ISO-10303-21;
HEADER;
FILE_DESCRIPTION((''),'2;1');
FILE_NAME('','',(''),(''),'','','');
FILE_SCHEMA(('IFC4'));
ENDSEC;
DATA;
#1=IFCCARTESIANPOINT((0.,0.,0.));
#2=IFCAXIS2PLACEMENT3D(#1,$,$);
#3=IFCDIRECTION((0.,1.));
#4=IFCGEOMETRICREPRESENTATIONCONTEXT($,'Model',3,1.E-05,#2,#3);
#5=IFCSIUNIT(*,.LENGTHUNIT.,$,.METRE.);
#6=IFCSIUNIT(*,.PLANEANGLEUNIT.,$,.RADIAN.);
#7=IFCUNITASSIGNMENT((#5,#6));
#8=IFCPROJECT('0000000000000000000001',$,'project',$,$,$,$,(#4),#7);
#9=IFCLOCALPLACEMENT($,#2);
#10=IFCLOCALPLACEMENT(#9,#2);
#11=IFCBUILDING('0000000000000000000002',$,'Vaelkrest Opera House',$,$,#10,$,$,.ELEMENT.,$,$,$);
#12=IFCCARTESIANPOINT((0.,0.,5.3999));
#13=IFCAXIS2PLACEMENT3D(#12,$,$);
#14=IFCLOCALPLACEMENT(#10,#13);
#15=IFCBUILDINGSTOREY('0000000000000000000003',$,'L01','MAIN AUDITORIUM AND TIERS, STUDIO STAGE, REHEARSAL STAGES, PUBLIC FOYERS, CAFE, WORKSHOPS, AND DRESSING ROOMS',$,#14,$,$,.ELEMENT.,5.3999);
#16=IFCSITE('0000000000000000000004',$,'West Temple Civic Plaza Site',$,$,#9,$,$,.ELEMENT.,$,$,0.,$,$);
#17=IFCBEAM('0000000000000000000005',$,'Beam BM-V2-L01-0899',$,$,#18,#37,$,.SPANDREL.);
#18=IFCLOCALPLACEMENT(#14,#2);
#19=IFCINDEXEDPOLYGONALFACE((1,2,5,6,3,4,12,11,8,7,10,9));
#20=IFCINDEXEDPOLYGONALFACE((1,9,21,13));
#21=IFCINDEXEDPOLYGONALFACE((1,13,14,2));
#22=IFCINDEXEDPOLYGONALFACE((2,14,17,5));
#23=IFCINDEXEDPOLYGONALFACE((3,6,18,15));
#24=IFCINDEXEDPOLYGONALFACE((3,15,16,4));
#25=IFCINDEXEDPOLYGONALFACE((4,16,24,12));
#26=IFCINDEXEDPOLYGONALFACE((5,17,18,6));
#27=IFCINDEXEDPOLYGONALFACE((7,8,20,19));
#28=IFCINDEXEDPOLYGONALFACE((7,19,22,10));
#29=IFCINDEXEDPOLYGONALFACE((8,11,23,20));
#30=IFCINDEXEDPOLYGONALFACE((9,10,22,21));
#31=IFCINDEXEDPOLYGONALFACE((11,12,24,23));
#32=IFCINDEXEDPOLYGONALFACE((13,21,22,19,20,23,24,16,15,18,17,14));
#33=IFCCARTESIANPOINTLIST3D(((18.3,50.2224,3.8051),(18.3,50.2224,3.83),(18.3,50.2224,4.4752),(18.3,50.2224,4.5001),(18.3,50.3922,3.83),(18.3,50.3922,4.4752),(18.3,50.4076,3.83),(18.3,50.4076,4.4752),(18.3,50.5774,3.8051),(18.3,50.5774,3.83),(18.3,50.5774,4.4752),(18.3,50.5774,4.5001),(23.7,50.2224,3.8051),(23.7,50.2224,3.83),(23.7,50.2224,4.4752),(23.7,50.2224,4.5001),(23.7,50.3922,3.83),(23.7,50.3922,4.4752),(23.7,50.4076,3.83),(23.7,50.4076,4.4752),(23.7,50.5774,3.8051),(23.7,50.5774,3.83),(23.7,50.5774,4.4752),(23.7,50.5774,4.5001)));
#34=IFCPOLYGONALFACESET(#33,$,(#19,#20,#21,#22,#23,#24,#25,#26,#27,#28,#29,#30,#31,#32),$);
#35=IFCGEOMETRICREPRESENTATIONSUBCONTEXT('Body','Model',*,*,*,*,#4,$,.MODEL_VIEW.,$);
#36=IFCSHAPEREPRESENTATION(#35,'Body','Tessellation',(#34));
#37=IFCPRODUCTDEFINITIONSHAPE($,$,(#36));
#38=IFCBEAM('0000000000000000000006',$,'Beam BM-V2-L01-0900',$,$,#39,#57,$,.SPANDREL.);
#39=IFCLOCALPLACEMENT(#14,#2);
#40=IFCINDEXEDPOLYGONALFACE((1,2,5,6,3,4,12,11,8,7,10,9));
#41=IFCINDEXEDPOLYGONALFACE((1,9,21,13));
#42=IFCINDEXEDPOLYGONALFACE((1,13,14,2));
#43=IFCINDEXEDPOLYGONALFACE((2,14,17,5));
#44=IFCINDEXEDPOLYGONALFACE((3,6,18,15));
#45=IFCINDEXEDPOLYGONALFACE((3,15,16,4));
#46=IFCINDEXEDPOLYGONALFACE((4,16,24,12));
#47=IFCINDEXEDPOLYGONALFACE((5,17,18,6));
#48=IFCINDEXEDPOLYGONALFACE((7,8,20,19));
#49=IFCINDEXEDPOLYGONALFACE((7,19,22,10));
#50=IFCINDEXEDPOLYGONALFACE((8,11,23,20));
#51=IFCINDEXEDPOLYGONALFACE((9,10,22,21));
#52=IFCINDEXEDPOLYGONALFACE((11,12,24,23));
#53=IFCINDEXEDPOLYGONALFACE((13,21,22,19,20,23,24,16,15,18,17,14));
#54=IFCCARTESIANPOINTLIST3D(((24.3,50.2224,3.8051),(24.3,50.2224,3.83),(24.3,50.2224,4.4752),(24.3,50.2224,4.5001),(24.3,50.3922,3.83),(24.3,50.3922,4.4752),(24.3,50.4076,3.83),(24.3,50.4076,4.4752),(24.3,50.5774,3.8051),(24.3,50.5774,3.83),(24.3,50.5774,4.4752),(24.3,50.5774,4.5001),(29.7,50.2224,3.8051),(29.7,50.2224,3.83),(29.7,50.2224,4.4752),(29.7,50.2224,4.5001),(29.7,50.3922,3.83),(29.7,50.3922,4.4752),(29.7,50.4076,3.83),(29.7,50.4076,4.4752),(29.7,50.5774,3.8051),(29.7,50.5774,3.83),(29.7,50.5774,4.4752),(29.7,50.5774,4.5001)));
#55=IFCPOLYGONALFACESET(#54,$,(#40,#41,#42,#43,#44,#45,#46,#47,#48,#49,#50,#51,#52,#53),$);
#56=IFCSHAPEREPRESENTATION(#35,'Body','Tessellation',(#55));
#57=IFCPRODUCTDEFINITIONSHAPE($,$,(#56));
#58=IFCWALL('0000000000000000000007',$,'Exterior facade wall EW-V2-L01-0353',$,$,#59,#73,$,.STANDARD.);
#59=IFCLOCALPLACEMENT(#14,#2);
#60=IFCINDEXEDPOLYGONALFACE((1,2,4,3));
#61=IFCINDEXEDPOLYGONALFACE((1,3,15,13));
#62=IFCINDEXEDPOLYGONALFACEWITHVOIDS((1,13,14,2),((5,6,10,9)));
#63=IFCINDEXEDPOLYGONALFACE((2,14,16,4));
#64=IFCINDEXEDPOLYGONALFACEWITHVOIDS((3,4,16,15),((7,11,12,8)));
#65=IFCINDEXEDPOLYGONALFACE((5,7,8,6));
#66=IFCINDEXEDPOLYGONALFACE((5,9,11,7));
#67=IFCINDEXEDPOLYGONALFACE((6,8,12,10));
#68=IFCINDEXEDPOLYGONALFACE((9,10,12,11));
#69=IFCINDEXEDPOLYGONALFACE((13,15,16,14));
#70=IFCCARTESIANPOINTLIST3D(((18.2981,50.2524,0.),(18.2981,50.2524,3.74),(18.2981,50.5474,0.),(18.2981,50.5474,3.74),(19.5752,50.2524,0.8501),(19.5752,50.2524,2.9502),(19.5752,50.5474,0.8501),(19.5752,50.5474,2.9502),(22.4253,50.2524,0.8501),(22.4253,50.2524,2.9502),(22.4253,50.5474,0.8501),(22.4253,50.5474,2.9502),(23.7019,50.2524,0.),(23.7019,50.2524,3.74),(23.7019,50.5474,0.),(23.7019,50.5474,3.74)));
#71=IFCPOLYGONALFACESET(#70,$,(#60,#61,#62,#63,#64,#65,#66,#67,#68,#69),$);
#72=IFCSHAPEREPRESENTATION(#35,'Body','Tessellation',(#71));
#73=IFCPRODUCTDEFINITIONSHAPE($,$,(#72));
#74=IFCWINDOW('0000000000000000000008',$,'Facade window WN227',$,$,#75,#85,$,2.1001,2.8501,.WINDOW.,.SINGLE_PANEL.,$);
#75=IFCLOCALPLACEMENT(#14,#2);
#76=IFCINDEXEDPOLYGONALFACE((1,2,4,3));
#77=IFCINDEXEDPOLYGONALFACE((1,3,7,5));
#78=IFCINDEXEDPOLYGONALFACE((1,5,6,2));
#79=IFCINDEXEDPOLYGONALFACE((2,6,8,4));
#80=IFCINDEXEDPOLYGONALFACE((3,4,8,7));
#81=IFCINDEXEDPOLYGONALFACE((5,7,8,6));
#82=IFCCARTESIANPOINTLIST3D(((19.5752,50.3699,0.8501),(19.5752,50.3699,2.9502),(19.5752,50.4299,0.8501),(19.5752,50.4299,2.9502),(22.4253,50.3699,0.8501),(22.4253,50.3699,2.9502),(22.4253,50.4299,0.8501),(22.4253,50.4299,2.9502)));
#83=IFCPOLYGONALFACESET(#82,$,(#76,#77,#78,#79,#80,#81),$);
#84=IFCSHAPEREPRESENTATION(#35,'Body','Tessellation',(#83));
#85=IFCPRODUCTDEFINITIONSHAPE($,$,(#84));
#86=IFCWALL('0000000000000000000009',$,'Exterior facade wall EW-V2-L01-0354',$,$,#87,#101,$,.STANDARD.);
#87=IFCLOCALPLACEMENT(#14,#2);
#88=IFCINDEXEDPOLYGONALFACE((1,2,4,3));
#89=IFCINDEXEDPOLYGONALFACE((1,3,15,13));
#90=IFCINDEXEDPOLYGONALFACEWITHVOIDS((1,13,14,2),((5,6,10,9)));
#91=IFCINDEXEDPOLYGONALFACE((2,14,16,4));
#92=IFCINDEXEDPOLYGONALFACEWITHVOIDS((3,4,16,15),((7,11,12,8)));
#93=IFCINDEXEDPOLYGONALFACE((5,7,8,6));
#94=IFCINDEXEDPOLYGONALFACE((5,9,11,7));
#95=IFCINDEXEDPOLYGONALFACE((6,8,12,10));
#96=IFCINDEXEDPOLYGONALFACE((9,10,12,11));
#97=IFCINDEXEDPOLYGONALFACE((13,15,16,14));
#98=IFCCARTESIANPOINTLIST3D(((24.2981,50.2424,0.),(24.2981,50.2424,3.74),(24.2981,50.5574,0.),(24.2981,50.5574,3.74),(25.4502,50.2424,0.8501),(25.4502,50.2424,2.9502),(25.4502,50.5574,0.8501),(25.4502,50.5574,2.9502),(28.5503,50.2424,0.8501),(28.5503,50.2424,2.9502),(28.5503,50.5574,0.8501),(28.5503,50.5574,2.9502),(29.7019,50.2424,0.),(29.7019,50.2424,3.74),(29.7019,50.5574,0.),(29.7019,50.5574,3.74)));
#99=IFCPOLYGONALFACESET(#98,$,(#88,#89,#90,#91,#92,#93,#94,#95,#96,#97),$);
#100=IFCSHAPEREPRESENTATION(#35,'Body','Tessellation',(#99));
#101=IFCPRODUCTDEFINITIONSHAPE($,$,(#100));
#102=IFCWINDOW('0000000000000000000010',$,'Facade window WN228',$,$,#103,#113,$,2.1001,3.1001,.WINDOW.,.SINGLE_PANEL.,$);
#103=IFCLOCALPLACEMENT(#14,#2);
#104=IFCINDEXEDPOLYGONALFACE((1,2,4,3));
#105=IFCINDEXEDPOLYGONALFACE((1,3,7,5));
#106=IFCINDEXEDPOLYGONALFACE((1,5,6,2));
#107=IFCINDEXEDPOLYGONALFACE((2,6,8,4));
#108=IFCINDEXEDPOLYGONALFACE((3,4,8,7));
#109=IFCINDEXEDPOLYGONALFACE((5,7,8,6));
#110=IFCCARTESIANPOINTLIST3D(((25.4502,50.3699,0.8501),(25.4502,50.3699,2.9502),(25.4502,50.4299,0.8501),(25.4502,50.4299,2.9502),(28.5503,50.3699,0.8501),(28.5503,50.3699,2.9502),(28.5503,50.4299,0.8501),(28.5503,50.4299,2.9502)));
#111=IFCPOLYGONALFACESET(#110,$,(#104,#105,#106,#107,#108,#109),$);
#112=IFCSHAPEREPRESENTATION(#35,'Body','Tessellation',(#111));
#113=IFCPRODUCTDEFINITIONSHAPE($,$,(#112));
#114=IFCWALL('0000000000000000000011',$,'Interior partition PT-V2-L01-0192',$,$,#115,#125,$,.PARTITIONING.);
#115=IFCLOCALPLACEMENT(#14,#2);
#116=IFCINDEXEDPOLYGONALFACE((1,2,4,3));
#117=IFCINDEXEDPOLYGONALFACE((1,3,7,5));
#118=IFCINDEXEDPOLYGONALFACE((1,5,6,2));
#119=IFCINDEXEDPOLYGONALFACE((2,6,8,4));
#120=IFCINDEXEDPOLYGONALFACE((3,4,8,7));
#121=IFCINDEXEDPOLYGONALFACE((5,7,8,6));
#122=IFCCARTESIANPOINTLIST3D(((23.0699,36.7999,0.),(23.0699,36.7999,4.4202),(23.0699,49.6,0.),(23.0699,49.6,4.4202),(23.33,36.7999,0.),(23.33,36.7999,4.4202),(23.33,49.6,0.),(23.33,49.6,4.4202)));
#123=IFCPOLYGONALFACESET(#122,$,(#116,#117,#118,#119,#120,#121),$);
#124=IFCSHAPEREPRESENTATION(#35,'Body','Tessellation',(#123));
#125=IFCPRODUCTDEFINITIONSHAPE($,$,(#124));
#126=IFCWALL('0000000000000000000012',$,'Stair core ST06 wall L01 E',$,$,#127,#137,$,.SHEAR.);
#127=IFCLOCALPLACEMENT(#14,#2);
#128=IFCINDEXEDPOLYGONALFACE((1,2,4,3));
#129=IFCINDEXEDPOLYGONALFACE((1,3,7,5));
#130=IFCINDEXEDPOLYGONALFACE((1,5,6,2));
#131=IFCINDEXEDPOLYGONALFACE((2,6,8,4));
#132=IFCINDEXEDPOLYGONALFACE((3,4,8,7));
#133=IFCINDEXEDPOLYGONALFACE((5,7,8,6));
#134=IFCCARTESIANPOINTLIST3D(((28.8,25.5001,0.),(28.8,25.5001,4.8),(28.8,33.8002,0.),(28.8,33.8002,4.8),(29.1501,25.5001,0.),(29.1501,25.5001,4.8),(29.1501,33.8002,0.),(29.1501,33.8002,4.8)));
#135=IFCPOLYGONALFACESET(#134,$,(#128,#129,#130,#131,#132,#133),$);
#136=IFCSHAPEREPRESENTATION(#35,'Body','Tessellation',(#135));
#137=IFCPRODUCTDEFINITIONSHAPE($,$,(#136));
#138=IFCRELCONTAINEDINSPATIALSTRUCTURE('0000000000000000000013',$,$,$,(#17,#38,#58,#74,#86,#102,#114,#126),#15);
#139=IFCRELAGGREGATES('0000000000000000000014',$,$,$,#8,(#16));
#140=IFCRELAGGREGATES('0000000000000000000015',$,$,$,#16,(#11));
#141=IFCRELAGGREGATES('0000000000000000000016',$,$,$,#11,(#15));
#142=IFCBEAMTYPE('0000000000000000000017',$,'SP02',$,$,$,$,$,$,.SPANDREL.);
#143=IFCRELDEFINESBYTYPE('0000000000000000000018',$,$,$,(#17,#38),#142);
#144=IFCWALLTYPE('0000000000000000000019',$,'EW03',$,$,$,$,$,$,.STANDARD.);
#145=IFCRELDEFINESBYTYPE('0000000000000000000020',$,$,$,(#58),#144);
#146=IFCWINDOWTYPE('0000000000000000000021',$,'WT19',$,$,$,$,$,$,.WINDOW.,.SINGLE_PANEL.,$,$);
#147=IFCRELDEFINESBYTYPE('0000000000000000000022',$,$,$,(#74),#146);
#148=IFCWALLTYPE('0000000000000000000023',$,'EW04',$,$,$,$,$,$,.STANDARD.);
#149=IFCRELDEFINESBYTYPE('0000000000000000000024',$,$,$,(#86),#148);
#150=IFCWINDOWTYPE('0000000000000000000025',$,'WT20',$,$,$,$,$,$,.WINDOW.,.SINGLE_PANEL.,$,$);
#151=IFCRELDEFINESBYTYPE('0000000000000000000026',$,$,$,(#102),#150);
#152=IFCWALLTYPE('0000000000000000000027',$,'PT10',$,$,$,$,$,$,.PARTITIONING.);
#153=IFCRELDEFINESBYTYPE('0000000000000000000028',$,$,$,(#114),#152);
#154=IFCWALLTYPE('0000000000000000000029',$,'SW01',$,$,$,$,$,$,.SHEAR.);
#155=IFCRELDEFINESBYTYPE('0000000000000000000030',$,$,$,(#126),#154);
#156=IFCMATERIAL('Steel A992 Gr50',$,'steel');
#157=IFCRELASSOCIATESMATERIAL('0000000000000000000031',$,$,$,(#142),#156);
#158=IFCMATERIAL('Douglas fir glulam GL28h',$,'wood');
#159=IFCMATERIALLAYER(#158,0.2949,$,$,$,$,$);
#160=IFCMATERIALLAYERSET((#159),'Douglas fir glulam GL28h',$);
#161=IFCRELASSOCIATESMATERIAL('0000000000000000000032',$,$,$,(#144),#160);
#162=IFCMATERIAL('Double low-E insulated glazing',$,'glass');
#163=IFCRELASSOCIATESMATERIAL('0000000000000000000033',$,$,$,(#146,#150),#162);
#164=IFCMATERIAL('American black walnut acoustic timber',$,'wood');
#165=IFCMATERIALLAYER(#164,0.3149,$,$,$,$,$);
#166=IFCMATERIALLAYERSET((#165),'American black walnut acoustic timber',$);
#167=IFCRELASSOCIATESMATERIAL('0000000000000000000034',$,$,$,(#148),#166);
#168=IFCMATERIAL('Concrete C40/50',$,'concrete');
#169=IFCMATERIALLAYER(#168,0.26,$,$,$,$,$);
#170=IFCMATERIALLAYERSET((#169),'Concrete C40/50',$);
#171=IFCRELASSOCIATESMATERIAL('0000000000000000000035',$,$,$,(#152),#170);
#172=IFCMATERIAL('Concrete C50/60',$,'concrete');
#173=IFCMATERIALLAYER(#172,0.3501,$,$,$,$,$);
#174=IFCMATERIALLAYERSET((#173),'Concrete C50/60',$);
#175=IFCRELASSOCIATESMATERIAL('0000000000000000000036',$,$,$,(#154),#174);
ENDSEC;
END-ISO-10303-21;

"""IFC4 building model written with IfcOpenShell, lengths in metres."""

from ifc_helpers import new_model, si_unit, direction, frame, frame_2d, origin, origin_2d, place, context, subcontext, project, spatial, rectangle, i_section, extrude, material, layer, layer_set, material_profile, profile_set, type_object, element, fill, save


model = new_model("IFC4")

# Units and contexts
model_context = context("Model", 3, precision=1e-05, world=origin(), true_north=direction((0.0, 1.0)))
body_context = subcontext(model_context, "Body", "Model", "MODEL_VIEW")
ifc_project = project(units=[si_unit("LENGTHUNIT", "METRE"), si_unit("PLANEANGLEUNIT", "RADIAN")], contexts=[model_context])

# Site, building, storey
site_placement = place(None, origin())
site = spatial("IfcSite", under=ifc_project, at=site_placement, Name="West Temple Civic Plaza Site", CompositionType="ELEMENT", RefElevation=0.0)
building_placement = place(site_placement, origin())
building = spatial("IfcBuilding", under=site, at=building_placement, Name="Vaelkrest Opera House", CompositionType="ELEMENT")
storey_placement = place(building_placement, frame((0.0, 0.0, 5.3999)))
storey = spatial("IfcBuildingStorey", under=building, at=storey_placement, Name="L01", Description="MAIN AUDITORIUM AND TIERS, STUDIO STAGE, REHEARSAL STAGES, PUBLIC FOYERS, CAFE, WORKSHOPS, AND DRESSING ROOMS", CompositionType="ELEMENT", Elevation=5.3999)

# Shared definitions
ifc_material_1 = material(Name="Concrete C50/60", Category="concrete")

# Beams
ifc_material_2 = material(Name="Steel A992 Gr50", Category="steel")
ifc_material_profile_1 = material_profile(ifc_material_2, i_section(OverallWidth=0.355, OverallDepth=0.6951, WebThickness=0.0154, FlangeThickness=0.0249, at=origin_2d()), Name="W27X146")
ifc_profile_set_1 = profile_set([ifc_material_profile_1], Name="Steel A992 Gr50")
beam_type_1 = type_object("IfcBeamType", Name="SP02", PredefinedType="SPANDREL", material=ifc_profile_set_1)
for number, where, z_axis, x_axis, name in (
    (1, (18.3, 50.3999, 4.1526), (1.0, 0.0, 0.0), (0.0, 1.0, 0.0), "Beam BM-V2-L01-0899"),
    (2, (24.3, 50.3999, 4.1526), (1.0, 0.0, 0.0), (0.0, 1.0, 0.0), "Beam BM-V2-L01-0900"),
):
    element("IfcBeam", number, at=place(storey_placement, frame(where, z_axis=z_axis, x_axis=x_axis)), inside=storey, type_object=beam_type_1, Name=name, PredefinedType="SPANDREL", context=body_context, shape_type="SweptSolid", body=[
        extrude(i_section(OverallWidth=0.355, OverallDepth=0.6951, WebThickness=0.0154, FlangeThickness=0.0249, at=origin_2d()), origin(), (0.0, 0.0, 1.0), 5.3999),
    ])

# Walls, openings, windows
ifc_material_3 = material(Name="Douglas fir glulam GL28h", Category="wood")
ifc_layer_1 = layer(ifc_material_3, 0.2949)
ifc_layer_set_1 = layer_set([ifc_layer_1], Name="Douglas fir glulam GL28h")
wall_type_1 = type_object("IfcWallType", Name="EW03", PredefinedType="STANDARD", material=ifc_layer_set_1)
wall_1_placement = place(storey_placement, frame((18.2981, 50.3999, 0.0), z_axis=(0.0, 0.0, 1.0), x_axis=(1.0, 0.0, 0.0)))
wall_1 = element("IfcWall", 3, at=wall_1_placement, inside=storey, type_object=wall_type_1, Name="Exterior facade wall EW-V2-L01-0353", PredefinedType="STANDARD", context=body_context, shape_type="SweptSolid", body=[
    extrude(rectangle(XDim=5.4038, YDim=0.2949, at=frame_2d((2.7019, 0.0))), origin(), (0.0, 0.0, 1.0), 3.74),
])
opening_1_placement = place(wall_1_placement, frame((1.2771, 0.0, 0.8501)))
opening_1 = element("IfcOpeningElement", 4, at=opening_1_placement, cuts=wall_1, PredefinedType="OPENING", context=body_context, shape_type="SweptSolid", body=[
    extrude(rectangle(XDim=2.8501, YDim=2.1001, at=frame_2d((1.425, 1.05))), frame((0.0, 0.1575, 0.0), z_axis=(0.0, -1.0, 0.0), x_axis=(1.0, 0.0, 0.0)), (0.0, 0.0, 1.0), 0.3149),
])
ifc_material_4 = material(Name="Double low-E insulated glazing", Category="glass")
window_type_1 = type_object("IfcWindowType", Name="WT19", PartitioningType="SINGLE_PANEL", PredefinedType="WINDOW", material=ifc_material_4)
window_1_placement = place(opening_1_placement, origin())
window_1 = element("IfcWindow", 5, at=window_1_placement, inside=storey, type_object=window_type_1, Name="Facade window WN227", OverallHeight=2.1001, OverallWidth=2.8501, PartitioningType="SINGLE_PANEL", PredefinedType="WINDOW", context=body_context, shape_type="SweptSolid", body=[
    extrude(rectangle(XDim=2.8501, YDim=2.1001, at=frame_2d((1.425, 1.05))), frame((0.0, 0.03, 0.0), z_axis=(0.0, -1.0, 0.0), x_axis=(1.0, 0.0, 0.0)), (0.0, 0.0, 1.0), 0.0601),
])
fill(opening_1, window_1)
ifc_material_5 = material(Name="American black walnut acoustic timber", Category="wood")
ifc_layer_2 = layer(ifc_material_5, 0.3149)
ifc_layer_set_2 = layer_set([ifc_layer_2], Name="American black walnut acoustic timber")
wall_type_2 = type_object("IfcWallType", Name="EW04", PredefinedType="STANDARD", material=ifc_layer_set_2)
wall_2_placement = place(storey_placement, frame((24.2981, 50.3999, 0.0), z_axis=(0.0, 0.0, 1.0), x_axis=(1.0, 0.0, 0.0)))
wall_2 = element("IfcWall", 6, at=wall_2_placement, inside=storey, type_object=wall_type_2, Name="Exterior facade wall EW-V2-L01-0354", PredefinedType="STANDARD", context=body_context, shape_type="SweptSolid", body=[
    extrude(rectangle(XDim=5.4038, YDim=0.3149, at=frame_2d((2.7019, 0.0))), origin(), (0.0, 0.0, 1.0), 3.74),
])
opening_2_placement = place(wall_2_placement, frame((1.1521, 0.0, 0.8501)))
opening_2 = element("IfcOpeningElement", 7, at=opening_2_placement, cuts=wall_2, PredefinedType="OPENING", context=body_context, shape_type="SweptSolid", body=[
    extrude(rectangle(XDim=3.1001, YDim=2.1001, at=frame_2d((1.55, 1.05))), frame((0.0, 0.1675, 0.0), z_axis=(0.0, -1.0, 0.0), x_axis=(1.0, 0.0, 0.0)), (0.0, 0.0, 1.0), 0.335),
])
window_type_2 = type_object("IfcWindowType", Name="WT20", PartitioningType="SINGLE_PANEL", PredefinedType="WINDOW", material=ifc_material_4)
window_2_placement = place(opening_2_placement, origin())
window_2 = element("IfcWindow", 8, at=window_2_placement, inside=storey, type_object=window_type_2, Name="Facade window WN228", OverallHeight=2.1001, OverallWidth=3.1001, PartitioningType="SINGLE_PANEL", PredefinedType="WINDOW", context=body_context, shape_type="SweptSolid", body=[
    extrude(rectangle(XDim=3.1001, YDim=2.1001, at=frame_2d((1.55, 1.05))), frame((0.0, 0.03, 0.0), z_axis=(0.0, -1.0, 0.0), x_axis=(1.0, 0.0, 0.0)), (0.0, 0.0, 1.0), 0.0601),
])
fill(opening_2, window_2)

# Wall
ifc_material_6 = material(Name="Concrete C40/50", Category="concrete")
ifc_layer_3 = layer(ifc_material_6, 0.26)
ifc_layer_set_3 = layer_set([ifc_layer_3], Name="Concrete C40/50")
wall_type_3 = type_object("IfcWallType", Name="PT10", PredefinedType="PARTITIONING", material=ifc_layer_set_3)
wall_3_placement = place(storey_placement, frame((23.2, 36.8, 0.0), z_axis=(0.0, 0.0, 1.0), x_axis=(0.0, 1.0, 0.0)))
element("IfcWall", 9, at=wall_3_placement, inside=storey, type_object=wall_type_3, Name="Interior partition PT-V2-L01-0192", PredefinedType="PARTITIONING", context=body_context, shape_type="SweptSolid", body=[
    extrude(rectangle(XDim=12.8, YDim=0.26, at=frame_2d((6.3999, 0.0))), origin(), (0.0, 0.0, 1.0), 4.4202),
])

# Shared definitions
ifc_layer_4 = layer(ifc_material_1, 0.3501)
ifc_layer_set_4 = layer_set([ifc_layer_4], Name="Concrete C50/60")
wall_type_4 = type_object("IfcWallType", Name="SW01", PredefinedType="SHEAR", material=ifc_layer_set_4)

# Wall
wall_4_placement = place(storey_placement, frame((28.9751, 33.8, 0.0), z_axis=(0.0, 0.0, 1.0), x_axis=(0.0, -1.0, 0.0)))
element("IfcWall", 10, at=wall_4_placement, inside=storey, type_object=wall_type_4, Name="Stair core ST06 wall L01 E", PredefinedType="SHEAR", context=body_context, shape_type="SweptSolid", body=[
    extrude(rectangle(XDim=8.3, YDim=0.3501, at=frame_2d((4.1499, 0.0))), origin(), (0.0, 0.0, 1.0), 4.8),
])

save(model, "model.ifc")
